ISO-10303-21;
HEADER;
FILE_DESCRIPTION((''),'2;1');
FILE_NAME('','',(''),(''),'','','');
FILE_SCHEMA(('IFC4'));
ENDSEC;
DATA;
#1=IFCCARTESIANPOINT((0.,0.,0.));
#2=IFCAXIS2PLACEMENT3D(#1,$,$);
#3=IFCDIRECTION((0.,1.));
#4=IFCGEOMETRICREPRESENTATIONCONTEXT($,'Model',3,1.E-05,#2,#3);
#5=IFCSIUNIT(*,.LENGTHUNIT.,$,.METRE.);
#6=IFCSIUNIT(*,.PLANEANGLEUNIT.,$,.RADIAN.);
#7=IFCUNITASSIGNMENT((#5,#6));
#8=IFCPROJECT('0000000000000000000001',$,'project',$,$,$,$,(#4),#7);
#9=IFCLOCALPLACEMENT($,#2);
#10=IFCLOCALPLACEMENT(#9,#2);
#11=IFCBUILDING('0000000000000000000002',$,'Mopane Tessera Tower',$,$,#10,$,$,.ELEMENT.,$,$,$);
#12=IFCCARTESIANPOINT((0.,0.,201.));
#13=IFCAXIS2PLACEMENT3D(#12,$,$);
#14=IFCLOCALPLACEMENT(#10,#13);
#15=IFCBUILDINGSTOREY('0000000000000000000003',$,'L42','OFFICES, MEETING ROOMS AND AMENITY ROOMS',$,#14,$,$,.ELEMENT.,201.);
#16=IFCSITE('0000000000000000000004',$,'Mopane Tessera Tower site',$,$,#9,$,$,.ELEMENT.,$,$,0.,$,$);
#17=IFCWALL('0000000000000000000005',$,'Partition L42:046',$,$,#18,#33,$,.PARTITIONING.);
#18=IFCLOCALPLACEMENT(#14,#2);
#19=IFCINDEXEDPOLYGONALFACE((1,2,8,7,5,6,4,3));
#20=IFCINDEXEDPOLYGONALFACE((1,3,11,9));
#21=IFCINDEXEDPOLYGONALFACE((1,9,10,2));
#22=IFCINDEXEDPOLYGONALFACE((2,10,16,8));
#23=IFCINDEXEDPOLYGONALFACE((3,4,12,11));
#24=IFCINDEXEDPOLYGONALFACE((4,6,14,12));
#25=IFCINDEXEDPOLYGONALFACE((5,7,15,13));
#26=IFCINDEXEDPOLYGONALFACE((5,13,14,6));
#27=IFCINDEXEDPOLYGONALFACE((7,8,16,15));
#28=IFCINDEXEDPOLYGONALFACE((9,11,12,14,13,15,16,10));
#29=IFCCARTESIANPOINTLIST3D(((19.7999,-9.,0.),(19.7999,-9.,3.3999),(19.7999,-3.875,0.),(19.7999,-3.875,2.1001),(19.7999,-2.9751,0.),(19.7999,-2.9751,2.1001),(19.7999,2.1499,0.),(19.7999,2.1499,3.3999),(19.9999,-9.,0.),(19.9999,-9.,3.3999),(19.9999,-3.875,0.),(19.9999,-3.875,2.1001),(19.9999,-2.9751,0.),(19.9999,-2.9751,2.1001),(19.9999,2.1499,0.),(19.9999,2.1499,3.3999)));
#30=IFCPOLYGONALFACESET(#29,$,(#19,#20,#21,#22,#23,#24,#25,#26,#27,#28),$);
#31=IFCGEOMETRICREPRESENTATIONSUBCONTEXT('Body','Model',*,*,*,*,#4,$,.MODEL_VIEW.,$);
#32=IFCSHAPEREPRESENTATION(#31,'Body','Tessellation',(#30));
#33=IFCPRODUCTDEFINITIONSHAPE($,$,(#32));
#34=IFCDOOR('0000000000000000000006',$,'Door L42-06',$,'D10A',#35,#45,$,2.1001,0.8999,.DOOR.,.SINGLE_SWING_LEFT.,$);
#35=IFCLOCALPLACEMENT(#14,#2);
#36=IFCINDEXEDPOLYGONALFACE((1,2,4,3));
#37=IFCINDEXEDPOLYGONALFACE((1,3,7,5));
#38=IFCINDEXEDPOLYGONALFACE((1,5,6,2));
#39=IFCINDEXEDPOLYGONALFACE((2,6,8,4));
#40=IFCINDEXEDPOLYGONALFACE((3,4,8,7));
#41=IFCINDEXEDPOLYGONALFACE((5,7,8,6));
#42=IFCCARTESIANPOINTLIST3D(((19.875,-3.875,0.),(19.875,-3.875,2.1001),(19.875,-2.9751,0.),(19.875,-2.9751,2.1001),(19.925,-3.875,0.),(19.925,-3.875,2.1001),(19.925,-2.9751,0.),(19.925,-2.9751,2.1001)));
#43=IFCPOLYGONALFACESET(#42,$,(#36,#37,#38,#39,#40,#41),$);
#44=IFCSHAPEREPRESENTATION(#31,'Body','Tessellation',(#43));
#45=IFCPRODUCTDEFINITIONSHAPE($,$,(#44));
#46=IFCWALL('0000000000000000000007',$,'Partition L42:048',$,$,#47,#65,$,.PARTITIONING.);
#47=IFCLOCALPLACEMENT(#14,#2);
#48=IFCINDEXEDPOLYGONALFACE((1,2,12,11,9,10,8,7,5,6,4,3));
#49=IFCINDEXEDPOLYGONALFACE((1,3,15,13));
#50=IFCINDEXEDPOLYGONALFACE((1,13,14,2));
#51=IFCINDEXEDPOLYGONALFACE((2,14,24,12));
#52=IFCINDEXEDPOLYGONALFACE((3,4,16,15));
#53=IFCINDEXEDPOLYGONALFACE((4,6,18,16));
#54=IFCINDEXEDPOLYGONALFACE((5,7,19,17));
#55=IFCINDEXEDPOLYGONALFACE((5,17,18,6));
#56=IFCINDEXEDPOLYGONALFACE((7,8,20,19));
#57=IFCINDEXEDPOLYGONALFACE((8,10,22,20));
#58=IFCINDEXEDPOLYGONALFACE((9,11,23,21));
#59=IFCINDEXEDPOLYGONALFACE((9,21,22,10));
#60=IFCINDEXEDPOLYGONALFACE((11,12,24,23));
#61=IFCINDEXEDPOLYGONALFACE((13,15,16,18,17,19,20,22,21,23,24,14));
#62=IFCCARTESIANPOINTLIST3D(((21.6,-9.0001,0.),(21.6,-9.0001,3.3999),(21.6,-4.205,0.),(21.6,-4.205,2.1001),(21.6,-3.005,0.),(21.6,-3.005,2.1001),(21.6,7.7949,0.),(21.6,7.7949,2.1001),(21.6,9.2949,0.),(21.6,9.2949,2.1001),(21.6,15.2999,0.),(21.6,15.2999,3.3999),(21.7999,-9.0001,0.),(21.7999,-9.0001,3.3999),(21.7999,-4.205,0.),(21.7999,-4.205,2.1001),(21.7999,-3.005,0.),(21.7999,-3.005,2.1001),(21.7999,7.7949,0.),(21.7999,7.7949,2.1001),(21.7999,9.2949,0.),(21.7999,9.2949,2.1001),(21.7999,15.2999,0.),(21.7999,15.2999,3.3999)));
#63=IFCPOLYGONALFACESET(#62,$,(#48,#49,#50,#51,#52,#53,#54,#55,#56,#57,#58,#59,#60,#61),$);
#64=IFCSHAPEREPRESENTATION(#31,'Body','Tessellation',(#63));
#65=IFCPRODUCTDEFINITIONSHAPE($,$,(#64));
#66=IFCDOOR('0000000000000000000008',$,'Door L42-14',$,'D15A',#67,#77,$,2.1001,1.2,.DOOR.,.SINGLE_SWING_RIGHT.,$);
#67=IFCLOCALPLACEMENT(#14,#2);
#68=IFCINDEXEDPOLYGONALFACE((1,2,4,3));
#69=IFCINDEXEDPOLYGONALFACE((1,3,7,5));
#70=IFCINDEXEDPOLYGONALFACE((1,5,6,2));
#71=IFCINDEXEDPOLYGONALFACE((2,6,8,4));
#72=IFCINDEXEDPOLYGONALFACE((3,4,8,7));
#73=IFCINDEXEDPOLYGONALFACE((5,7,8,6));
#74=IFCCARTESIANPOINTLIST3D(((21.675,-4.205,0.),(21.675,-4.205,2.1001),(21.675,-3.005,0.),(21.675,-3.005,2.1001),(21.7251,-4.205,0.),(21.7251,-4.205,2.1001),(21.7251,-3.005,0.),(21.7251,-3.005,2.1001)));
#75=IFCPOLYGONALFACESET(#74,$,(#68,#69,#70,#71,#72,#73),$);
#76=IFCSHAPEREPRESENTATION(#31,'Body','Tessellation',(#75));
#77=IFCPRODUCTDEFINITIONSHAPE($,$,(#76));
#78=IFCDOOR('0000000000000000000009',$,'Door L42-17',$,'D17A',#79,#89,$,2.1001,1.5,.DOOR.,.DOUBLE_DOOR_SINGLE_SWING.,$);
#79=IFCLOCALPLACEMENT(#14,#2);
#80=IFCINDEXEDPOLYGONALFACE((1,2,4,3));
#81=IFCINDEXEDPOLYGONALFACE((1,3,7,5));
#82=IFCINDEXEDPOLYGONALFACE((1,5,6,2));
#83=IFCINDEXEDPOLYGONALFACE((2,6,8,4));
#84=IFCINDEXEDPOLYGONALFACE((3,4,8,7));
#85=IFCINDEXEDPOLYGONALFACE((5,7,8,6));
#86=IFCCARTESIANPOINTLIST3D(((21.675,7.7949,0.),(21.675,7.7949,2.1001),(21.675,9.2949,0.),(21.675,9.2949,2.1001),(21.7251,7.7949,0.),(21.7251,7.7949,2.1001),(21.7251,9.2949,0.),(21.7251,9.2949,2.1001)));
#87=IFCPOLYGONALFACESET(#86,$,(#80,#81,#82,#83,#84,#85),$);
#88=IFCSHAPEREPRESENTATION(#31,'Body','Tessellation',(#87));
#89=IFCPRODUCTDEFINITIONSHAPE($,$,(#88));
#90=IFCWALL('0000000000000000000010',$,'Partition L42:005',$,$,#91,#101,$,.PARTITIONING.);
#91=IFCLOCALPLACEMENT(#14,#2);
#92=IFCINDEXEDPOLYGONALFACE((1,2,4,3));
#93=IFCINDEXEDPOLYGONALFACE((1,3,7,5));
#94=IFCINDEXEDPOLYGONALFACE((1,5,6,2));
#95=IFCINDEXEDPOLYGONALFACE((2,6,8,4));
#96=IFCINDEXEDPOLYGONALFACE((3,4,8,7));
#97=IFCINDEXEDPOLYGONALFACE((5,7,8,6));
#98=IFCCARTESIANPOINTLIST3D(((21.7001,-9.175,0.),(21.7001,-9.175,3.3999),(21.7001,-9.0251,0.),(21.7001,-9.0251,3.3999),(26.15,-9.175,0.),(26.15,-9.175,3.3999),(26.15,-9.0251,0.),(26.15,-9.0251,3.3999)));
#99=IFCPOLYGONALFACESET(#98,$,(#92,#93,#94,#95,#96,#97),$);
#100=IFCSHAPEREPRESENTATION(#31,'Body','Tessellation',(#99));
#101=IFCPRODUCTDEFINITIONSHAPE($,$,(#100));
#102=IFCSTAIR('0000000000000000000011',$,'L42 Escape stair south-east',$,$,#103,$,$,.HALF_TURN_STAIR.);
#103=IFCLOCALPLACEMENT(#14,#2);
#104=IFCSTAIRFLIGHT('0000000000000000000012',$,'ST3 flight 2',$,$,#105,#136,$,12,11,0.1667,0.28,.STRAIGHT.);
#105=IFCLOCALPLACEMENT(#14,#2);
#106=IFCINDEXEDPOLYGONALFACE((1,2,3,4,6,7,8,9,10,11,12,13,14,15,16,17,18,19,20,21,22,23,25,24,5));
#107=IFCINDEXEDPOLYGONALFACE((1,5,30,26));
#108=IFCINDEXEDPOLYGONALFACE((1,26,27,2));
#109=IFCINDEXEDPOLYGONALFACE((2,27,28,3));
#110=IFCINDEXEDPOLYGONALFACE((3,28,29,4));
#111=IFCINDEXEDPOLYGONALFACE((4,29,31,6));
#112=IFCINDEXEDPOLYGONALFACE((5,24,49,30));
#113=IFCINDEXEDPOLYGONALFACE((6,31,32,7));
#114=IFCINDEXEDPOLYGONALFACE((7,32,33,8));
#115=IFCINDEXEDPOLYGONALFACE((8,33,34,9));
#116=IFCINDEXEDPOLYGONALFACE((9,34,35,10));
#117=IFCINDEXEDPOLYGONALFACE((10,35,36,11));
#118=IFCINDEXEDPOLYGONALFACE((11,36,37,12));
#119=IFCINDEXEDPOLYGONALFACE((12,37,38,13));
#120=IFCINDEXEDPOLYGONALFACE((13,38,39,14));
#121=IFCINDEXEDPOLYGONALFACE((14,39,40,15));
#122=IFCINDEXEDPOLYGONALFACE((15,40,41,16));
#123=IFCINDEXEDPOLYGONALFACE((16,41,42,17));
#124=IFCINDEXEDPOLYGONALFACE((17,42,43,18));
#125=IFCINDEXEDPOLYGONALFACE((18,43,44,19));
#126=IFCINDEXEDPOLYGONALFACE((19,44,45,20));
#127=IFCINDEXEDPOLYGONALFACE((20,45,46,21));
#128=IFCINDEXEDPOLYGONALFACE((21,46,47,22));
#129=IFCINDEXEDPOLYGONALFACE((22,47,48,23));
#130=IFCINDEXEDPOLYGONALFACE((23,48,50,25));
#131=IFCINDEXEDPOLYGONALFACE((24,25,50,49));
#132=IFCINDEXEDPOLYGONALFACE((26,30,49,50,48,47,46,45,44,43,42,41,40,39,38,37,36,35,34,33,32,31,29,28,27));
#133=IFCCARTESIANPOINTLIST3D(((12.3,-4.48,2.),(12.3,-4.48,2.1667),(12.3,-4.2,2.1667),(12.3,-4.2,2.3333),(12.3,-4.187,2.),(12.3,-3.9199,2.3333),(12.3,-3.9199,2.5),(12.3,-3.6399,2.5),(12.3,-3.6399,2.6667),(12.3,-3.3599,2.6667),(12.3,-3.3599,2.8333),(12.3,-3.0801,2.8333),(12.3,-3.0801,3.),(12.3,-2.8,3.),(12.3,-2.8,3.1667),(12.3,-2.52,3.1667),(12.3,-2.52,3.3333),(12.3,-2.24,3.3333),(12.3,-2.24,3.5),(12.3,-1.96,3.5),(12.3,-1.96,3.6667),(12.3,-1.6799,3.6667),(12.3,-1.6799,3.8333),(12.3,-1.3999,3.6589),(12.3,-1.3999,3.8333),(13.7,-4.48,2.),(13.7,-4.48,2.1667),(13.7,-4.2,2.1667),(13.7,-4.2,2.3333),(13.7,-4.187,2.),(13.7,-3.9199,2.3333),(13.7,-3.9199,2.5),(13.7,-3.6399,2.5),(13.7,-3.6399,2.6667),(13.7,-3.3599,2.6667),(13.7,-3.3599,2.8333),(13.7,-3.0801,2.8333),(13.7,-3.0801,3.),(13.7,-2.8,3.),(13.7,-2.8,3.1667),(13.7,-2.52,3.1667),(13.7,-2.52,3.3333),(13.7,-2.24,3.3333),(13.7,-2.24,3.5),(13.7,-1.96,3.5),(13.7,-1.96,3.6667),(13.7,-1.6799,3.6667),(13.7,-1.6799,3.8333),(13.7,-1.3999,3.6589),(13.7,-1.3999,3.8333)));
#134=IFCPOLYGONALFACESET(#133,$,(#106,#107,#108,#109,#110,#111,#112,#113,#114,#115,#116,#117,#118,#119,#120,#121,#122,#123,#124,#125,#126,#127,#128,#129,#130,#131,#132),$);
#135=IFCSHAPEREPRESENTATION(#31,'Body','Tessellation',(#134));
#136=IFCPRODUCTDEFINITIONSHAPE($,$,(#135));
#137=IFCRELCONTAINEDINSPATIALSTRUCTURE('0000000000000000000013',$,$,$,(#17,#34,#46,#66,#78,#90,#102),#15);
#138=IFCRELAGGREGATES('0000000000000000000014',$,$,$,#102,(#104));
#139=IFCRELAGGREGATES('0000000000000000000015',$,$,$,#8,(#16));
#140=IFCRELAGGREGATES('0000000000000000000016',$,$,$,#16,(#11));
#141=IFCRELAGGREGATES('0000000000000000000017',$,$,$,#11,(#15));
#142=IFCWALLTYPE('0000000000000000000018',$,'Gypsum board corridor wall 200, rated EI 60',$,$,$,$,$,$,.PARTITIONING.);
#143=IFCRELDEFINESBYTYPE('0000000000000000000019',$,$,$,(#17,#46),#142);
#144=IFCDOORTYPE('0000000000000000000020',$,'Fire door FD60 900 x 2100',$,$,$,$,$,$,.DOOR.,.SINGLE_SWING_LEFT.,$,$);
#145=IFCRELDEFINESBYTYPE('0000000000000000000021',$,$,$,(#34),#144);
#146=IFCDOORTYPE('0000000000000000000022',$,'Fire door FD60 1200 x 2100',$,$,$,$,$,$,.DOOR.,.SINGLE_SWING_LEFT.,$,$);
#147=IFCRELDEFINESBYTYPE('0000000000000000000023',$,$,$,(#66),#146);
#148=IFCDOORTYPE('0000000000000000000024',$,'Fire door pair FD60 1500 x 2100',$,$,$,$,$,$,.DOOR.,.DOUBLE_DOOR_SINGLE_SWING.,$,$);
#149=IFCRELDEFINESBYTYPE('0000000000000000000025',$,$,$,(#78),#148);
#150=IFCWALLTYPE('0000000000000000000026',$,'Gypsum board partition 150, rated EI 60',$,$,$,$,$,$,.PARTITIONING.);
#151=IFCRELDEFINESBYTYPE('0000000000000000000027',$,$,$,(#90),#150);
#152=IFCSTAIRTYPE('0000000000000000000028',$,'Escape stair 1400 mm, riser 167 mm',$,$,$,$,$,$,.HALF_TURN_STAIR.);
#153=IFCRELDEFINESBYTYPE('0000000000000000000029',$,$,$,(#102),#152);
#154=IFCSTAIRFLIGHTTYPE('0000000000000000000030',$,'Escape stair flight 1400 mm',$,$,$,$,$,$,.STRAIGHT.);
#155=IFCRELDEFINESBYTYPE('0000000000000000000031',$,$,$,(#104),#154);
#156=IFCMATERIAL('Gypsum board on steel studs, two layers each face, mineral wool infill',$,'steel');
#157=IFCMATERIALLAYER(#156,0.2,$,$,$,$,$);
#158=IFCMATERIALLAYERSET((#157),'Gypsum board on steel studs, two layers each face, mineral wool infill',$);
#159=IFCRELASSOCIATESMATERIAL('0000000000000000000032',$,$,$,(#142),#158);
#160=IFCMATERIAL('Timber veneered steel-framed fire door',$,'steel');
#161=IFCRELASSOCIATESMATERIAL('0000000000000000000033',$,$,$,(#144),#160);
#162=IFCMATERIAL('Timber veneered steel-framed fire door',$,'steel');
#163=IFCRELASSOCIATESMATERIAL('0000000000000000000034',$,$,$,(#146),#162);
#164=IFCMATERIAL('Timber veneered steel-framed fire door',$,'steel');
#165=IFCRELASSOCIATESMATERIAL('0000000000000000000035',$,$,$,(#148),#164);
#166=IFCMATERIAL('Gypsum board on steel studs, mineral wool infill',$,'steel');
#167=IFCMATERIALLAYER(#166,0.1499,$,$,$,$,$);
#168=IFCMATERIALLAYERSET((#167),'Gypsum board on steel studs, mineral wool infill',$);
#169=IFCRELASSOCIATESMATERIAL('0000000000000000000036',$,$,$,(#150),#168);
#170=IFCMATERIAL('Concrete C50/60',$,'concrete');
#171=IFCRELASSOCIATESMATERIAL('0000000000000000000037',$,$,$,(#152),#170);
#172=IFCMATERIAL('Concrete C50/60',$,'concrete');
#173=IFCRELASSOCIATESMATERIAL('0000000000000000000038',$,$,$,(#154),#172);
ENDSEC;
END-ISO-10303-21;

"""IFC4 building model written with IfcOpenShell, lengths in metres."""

from ifc_helpers import new_model, si_unit, direction, frame, frame_2d, origin, place, context, subcontext, project, spatial, polyline, rectangle, outline, extrude, material, layer, layer_set, type_object, element, fill, aggregate, save


model = new_model("IFC4")

# Units and contexts
model_context = context("Model", 3, precision=1e-05, world=origin(), true_north=direction((0.0, 1.0)))
body_context = subcontext(model_context, "Body", "Model", "MODEL_VIEW")
ifc_project = project(units=[si_unit("LENGTHUNIT", "METRE"), si_unit("PLANEANGLEUNIT", "RADIAN")], contexts=[model_context])

# Site, building, storey
site_placement = place(None, origin())
site = spatial("IfcSite", under=ifc_project, at=site_placement, Name="Mopane Tessera Tower site", CompositionType="ELEMENT", RefElevation=0.0)
building_placement = place(site_placement, origin())
building = spatial("IfcBuilding", under=site, at=building_placement, Name="Mopane Tessera Tower", CompositionType="ELEMENT")
storey_placement = place(building_placement, frame((0.0, 0.0, 201.0)))
storey = spatial("IfcBuildingStorey", under=building, at=storey_placement, Name="L42", Description="OFFICES, MEETING ROOMS AND AMENITY ROOMS", CompositionType="ELEMENT", Elevation=201.0)

# Shared definitions
ifc_material_1 = material(Name="Gypsum board on steel studs, two layers each face, mineral wool infill", Category="steel")
ifc_layer_1 = layer(ifc_material_1, 0.2)
ifc_layer_set_1 = layer_set([ifc_layer_1], Name="Gypsum board on steel studs, two layers each face, mineral wool infill")
wall_type_1 = type_object("IfcWallType", Name="Gypsum board corridor wall 200, rated EI 60", PredefinedType="PARTITIONING", material=ifc_layer_set_1)

# Wall, opening, door
wall_1_placement = place(storey_placement, frame((19.8999, -9.0, 0.0), z_axis=(0.0, 0.0, 1.0), x_axis=(0.0, 1.0, 0.0)))
wall_1 = element("IfcWall", 1, at=wall_1_placement, inside=storey, type_object=wall_type_1, Name="Partition L42:046", PredefinedType="PARTITIONING", context=body_context, shape_type="SweptSolid", body=[
    extrude(rectangle(XDim=11.1499, YDim=0.2, at=frame_2d((5.575, 0.0))), origin(), (0.0, 0.0, 1.0), 3.3999),
])
opening_1_placement = place(wall_1_placement, frame((5.125, 0.0, 0.0)))
opening_1 = element("IfcOpeningElement", 2, at=opening_1_placement, cuts=wall_1, PredefinedType="OPENING", context=body_context, shape_type="SweptSolid", body=[
    extrude(rectangle(XDim=0.8999, YDim=2.1001, at=frame_2d((0.45, 1.05))), frame((0.0, 0.1121, 0.0), z_axis=(0.0, -1.0, 0.0), x_axis=(1.0, 0.0, 0.0)), (0.0, 0.0, 1.0), 0.2239),
])
ifc_material_2 = material(Name="Timber veneered steel-framed fire door", Category="steel")
door_type_1 = type_object("IfcDoorType", Name="Fire door FD60 900 x 2100", OperationType="SINGLE_SWING_LEFT", PredefinedType="DOOR", material=ifc_material_2)
door_1_placement = place(opening_1_placement, origin())
door_1 = element("IfcDoor", 3, at=door_1_placement, inside=storey, type_object=door_type_1, Name="Door L42-06", ObjectType="D10A", OperationType="SINGLE_SWING_LEFT", OverallHeight=2.1001, OverallWidth=0.8999, PredefinedType="DOOR", context=body_context, shape_type="SweptSolid", body=[
    extrude(rectangle(XDim=0.8999, YDim=2.1001, at=frame_2d((0.45, 1.05))), frame((0.0, 0.0249, 0.0), z_axis=(0.0, -1.0, 0.0), x_axis=(1.0, 0.0, 0.0)), (0.0, 0.0, 1.0), 0.05),
])
fill(opening_1, door_1)

# Wall, openings, doors
wall_2_placement = place(storey_placement, frame((21.7, -9.0, 0.0), z_axis=(0.0, 0.0, 1.0), x_axis=(0.0, 1.0, 0.0)))
wall_2 = element("IfcWall", 4, at=wall_2_placement, inside=storey, type_object=wall_type_1, Name="Partition L42:048", PredefinedType="PARTITIONING", context=body_context, shape_type="SweptSolid", body=[
    extrude(rectangle(XDim=24.3, YDim=0.2, at=frame_2d((12.1499, 0.0))), origin(), (0.0, 0.0, 1.0), 3.3999),
])
opening_2_placement = place(wall_2_placement, frame((4.7949, 0.0, 0.0)))
opening_2 = element("IfcOpeningElement", 5, at=opening_2_placement, cuts=wall_2, PredefinedType="OPENING", context=body_context, shape_type="SweptSolid", body=[
    extrude(rectangle(XDim=1.2, YDim=2.1001, at=frame_2d((0.6001, 1.05))), frame((0.0, 0.1121, 0.0), z_axis=(0.0, -1.0, 0.0), x_axis=(1.0, 0.0, 0.0)), (0.0, 0.0, 1.0), 0.2239),
])
opening_3_placement = place(wall_2_placement, frame((16.7949, 0.0, 0.0)))
opening_3 = element("IfcOpeningElement", 6, at=opening_3_placement, cuts=wall_2, PredefinedType="OPENING", context=body_context, shape_type="SweptSolid", body=[
    extrude(rectangle(XDim=1.5, YDim=2.1001, at=frame_2d((0.75, 1.05))), frame((0.0, 0.1121, 0.0), z_axis=(0.0, -1.0, 0.0), x_axis=(1.0, 0.0, 0.0)), (0.0, 0.0, 1.0), 0.2239),
])
ifc_material_3 = material(Name="Timber veneered steel-framed fire door", Category="steel")
door_type_2 = type_object("IfcDoorType", Name="Fire door FD60 1200 x 2100", OperationType="SINGLE_SWING_LEFT", PredefinedType="DOOR", material=ifc_material_3)
door_2_placement = place(opening_2_placement, origin())
door_2 = element("IfcDoor", 7, at=door_2_placement, inside=storey, type_object=door_type_2, Name="Door L42-14", ObjectType="D15A", OperationType="SINGLE_SWING_RIGHT", OverallHeight=2.1001, OverallWidth=1.2, PredefinedType="DOOR", context=body_context, shape_type="SweptSolid", body=[
    extrude(rectangle(XDim=1.2, YDim=2.1001, at=frame_2d((0.6001, 1.05))), frame((0.0, 0.0249, 0.0), z_axis=(0.0, -1.0, 0.0), x_axis=(1.0, 0.0, 0.0)), (0.0, 0.0, 1.0), 0.05),
])
fill(opening_2, door_2)
ifc_material_4 = material(Name="Timber veneered steel-framed fire door", Category="steel")
door_type_3 = type_object("IfcDoorType", Name="Fire door pair FD60 1500 x 2100", OperationType="DOUBLE_DOOR_SINGLE_SWING", PredefinedType="DOOR", material=ifc_material_4)
door_3_placement = place(opening_3_placement, origin())
door_3 = element("IfcDoor", 8, at=door_3_placement, inside=storey, type_object=door_type_3, Name="Door L42-17", ObjectType="D17A", OperationType="DOUBLE_DOOR_SINGLE_SWING", OverallHeight=2.1001, OverallWidth=1.5, PredefinedType="DOOR", context=body_context, shape_type="SweptSolid", body=[
    extrude(rectangle(XDim=1.5, YDim=2.1001, at=frame_2d((0.75, 1.05))), frame((0.0, 0.0249, 0.0), z_axis=(0.0, -1.0, 0.0), x_axis=(1.0, 0.0, 0.0)), (0.0, 0.0, 1.0), 0.05),
])
fill(opening_3, door_3)

# Wall
ifc_material_5 = material(Name="Gypsum board on steel studs, mineral wool infill", Category="steel")
ifc_layer_2 = layer(ifc_material_5, 0.1499)
ifc_layer_set_2 = layer_set([ifc_layer_2], Name="Gypsum board on steel studs, mineral wool infill")
wall_type_2 = type_object("IfcWallType", Name="Gypsum board partition 150, rated EI 60", PredefinedType="PARTITIONING", material=ifc_layer_set_2)
wall_3_placement = place(storey_placement, frame((21.7, -9.1001, 0.0), z_axis=(0.0, 0.0, 1.0), x_axis=(1.0, 0.0, 0.0)))
element("IfcWall", 9, at=wall_3_placement, inside=storey, type_object=wall_type_2, Name="Partition L42:005", PredefinedType="PARTITIONING", context=body_context, shape_type="SweptSolid", body=[
    extrude(rectangle(XDim=4.45, YDim=0.1499, at=frame_2d((2.2251, 0.0))), origin(), (0.0, 0.0, 1.0), 3.3999),
])

# Stair, stair flight
ifc_material_6 = material(Name="Concrete C50/60", Category="concrete")
stair_type = type_object("IfcStairType", Name="Escape stair 1400 mm, riser 167 mm", PredefinedType="HALF_TURN_STAIR", material=ifc_material_6)
stair_placement = place(storey_placement, origin())
stair = element("IfcStair", 10, at=stair_placement, inside=storey, type_object=stair_type, Name="L42 Escape stair south-east", PredefinedType="HALF_TURN_STAIR")
ifc_material_7 = material(Name="Concrete C50/60", Category="concrete")
stair_flight_type = type_object("IfcStairFlightType", Name="Escape stair flight 1400 mm", PredefinedType="STRAIGHT", material=ifc_material_7)
stair_flight_placement = place(storey_placement, frame((13.0, -4.48, 2.0), z_axis=(0.0, 0.0, 1.0), x_axis=(0.0, 1.0, 0.0)))
stair_flight = element("IfcStairFlight", 11, at=stair_flight_placement, type_object=stair_flight_type, Name="ST3 flight 2", NumberOfRisers=12, NumberOfTreads=11, PredefinedType="STRAIGHT", RiserHeight=0.1667, TreadLength=0.28, context=body_context, shape_type="SweptSolid", body=[
    extrude(outline(polyline([(0.0, 0.0), (0.0, 0.1667), (0.28, 0.1667), (0.28, 0.3333), (0.5601, 0.3333), (0.5601, 0.5), (0.8401, 0.5), (0.8401, 0.6667), (1.1201, 0.6667), (1.1201, 0.8333), (1.3999, 0.8333), (1.3999, 1.0), (1.6799, 1.0), (1.6799, 1.1667), (1.96, 1.1667), (1.96, 1.3333), (2.24, 1.3333), (2.24, 1.5), (2.52, 1.5), (2.52, 1.6667), (2.8, 1.6667), (2.8, 1.8333), (3.0801, 1.8333), (3.0801, 2.0), (3.0801, 1.6589), (0.293, 0.0), (0.0, 0.0)])), frame((0.0, 0.7, 0.0), z_axis=(0.0, -1.0, 0.0), x_axis=(1.0, 0.0, 0.0)), (0.0, 0.0, 1.0), 1.3999),
])
aggregate(stair, [stair_flight])

save(model, "model.ifc")
